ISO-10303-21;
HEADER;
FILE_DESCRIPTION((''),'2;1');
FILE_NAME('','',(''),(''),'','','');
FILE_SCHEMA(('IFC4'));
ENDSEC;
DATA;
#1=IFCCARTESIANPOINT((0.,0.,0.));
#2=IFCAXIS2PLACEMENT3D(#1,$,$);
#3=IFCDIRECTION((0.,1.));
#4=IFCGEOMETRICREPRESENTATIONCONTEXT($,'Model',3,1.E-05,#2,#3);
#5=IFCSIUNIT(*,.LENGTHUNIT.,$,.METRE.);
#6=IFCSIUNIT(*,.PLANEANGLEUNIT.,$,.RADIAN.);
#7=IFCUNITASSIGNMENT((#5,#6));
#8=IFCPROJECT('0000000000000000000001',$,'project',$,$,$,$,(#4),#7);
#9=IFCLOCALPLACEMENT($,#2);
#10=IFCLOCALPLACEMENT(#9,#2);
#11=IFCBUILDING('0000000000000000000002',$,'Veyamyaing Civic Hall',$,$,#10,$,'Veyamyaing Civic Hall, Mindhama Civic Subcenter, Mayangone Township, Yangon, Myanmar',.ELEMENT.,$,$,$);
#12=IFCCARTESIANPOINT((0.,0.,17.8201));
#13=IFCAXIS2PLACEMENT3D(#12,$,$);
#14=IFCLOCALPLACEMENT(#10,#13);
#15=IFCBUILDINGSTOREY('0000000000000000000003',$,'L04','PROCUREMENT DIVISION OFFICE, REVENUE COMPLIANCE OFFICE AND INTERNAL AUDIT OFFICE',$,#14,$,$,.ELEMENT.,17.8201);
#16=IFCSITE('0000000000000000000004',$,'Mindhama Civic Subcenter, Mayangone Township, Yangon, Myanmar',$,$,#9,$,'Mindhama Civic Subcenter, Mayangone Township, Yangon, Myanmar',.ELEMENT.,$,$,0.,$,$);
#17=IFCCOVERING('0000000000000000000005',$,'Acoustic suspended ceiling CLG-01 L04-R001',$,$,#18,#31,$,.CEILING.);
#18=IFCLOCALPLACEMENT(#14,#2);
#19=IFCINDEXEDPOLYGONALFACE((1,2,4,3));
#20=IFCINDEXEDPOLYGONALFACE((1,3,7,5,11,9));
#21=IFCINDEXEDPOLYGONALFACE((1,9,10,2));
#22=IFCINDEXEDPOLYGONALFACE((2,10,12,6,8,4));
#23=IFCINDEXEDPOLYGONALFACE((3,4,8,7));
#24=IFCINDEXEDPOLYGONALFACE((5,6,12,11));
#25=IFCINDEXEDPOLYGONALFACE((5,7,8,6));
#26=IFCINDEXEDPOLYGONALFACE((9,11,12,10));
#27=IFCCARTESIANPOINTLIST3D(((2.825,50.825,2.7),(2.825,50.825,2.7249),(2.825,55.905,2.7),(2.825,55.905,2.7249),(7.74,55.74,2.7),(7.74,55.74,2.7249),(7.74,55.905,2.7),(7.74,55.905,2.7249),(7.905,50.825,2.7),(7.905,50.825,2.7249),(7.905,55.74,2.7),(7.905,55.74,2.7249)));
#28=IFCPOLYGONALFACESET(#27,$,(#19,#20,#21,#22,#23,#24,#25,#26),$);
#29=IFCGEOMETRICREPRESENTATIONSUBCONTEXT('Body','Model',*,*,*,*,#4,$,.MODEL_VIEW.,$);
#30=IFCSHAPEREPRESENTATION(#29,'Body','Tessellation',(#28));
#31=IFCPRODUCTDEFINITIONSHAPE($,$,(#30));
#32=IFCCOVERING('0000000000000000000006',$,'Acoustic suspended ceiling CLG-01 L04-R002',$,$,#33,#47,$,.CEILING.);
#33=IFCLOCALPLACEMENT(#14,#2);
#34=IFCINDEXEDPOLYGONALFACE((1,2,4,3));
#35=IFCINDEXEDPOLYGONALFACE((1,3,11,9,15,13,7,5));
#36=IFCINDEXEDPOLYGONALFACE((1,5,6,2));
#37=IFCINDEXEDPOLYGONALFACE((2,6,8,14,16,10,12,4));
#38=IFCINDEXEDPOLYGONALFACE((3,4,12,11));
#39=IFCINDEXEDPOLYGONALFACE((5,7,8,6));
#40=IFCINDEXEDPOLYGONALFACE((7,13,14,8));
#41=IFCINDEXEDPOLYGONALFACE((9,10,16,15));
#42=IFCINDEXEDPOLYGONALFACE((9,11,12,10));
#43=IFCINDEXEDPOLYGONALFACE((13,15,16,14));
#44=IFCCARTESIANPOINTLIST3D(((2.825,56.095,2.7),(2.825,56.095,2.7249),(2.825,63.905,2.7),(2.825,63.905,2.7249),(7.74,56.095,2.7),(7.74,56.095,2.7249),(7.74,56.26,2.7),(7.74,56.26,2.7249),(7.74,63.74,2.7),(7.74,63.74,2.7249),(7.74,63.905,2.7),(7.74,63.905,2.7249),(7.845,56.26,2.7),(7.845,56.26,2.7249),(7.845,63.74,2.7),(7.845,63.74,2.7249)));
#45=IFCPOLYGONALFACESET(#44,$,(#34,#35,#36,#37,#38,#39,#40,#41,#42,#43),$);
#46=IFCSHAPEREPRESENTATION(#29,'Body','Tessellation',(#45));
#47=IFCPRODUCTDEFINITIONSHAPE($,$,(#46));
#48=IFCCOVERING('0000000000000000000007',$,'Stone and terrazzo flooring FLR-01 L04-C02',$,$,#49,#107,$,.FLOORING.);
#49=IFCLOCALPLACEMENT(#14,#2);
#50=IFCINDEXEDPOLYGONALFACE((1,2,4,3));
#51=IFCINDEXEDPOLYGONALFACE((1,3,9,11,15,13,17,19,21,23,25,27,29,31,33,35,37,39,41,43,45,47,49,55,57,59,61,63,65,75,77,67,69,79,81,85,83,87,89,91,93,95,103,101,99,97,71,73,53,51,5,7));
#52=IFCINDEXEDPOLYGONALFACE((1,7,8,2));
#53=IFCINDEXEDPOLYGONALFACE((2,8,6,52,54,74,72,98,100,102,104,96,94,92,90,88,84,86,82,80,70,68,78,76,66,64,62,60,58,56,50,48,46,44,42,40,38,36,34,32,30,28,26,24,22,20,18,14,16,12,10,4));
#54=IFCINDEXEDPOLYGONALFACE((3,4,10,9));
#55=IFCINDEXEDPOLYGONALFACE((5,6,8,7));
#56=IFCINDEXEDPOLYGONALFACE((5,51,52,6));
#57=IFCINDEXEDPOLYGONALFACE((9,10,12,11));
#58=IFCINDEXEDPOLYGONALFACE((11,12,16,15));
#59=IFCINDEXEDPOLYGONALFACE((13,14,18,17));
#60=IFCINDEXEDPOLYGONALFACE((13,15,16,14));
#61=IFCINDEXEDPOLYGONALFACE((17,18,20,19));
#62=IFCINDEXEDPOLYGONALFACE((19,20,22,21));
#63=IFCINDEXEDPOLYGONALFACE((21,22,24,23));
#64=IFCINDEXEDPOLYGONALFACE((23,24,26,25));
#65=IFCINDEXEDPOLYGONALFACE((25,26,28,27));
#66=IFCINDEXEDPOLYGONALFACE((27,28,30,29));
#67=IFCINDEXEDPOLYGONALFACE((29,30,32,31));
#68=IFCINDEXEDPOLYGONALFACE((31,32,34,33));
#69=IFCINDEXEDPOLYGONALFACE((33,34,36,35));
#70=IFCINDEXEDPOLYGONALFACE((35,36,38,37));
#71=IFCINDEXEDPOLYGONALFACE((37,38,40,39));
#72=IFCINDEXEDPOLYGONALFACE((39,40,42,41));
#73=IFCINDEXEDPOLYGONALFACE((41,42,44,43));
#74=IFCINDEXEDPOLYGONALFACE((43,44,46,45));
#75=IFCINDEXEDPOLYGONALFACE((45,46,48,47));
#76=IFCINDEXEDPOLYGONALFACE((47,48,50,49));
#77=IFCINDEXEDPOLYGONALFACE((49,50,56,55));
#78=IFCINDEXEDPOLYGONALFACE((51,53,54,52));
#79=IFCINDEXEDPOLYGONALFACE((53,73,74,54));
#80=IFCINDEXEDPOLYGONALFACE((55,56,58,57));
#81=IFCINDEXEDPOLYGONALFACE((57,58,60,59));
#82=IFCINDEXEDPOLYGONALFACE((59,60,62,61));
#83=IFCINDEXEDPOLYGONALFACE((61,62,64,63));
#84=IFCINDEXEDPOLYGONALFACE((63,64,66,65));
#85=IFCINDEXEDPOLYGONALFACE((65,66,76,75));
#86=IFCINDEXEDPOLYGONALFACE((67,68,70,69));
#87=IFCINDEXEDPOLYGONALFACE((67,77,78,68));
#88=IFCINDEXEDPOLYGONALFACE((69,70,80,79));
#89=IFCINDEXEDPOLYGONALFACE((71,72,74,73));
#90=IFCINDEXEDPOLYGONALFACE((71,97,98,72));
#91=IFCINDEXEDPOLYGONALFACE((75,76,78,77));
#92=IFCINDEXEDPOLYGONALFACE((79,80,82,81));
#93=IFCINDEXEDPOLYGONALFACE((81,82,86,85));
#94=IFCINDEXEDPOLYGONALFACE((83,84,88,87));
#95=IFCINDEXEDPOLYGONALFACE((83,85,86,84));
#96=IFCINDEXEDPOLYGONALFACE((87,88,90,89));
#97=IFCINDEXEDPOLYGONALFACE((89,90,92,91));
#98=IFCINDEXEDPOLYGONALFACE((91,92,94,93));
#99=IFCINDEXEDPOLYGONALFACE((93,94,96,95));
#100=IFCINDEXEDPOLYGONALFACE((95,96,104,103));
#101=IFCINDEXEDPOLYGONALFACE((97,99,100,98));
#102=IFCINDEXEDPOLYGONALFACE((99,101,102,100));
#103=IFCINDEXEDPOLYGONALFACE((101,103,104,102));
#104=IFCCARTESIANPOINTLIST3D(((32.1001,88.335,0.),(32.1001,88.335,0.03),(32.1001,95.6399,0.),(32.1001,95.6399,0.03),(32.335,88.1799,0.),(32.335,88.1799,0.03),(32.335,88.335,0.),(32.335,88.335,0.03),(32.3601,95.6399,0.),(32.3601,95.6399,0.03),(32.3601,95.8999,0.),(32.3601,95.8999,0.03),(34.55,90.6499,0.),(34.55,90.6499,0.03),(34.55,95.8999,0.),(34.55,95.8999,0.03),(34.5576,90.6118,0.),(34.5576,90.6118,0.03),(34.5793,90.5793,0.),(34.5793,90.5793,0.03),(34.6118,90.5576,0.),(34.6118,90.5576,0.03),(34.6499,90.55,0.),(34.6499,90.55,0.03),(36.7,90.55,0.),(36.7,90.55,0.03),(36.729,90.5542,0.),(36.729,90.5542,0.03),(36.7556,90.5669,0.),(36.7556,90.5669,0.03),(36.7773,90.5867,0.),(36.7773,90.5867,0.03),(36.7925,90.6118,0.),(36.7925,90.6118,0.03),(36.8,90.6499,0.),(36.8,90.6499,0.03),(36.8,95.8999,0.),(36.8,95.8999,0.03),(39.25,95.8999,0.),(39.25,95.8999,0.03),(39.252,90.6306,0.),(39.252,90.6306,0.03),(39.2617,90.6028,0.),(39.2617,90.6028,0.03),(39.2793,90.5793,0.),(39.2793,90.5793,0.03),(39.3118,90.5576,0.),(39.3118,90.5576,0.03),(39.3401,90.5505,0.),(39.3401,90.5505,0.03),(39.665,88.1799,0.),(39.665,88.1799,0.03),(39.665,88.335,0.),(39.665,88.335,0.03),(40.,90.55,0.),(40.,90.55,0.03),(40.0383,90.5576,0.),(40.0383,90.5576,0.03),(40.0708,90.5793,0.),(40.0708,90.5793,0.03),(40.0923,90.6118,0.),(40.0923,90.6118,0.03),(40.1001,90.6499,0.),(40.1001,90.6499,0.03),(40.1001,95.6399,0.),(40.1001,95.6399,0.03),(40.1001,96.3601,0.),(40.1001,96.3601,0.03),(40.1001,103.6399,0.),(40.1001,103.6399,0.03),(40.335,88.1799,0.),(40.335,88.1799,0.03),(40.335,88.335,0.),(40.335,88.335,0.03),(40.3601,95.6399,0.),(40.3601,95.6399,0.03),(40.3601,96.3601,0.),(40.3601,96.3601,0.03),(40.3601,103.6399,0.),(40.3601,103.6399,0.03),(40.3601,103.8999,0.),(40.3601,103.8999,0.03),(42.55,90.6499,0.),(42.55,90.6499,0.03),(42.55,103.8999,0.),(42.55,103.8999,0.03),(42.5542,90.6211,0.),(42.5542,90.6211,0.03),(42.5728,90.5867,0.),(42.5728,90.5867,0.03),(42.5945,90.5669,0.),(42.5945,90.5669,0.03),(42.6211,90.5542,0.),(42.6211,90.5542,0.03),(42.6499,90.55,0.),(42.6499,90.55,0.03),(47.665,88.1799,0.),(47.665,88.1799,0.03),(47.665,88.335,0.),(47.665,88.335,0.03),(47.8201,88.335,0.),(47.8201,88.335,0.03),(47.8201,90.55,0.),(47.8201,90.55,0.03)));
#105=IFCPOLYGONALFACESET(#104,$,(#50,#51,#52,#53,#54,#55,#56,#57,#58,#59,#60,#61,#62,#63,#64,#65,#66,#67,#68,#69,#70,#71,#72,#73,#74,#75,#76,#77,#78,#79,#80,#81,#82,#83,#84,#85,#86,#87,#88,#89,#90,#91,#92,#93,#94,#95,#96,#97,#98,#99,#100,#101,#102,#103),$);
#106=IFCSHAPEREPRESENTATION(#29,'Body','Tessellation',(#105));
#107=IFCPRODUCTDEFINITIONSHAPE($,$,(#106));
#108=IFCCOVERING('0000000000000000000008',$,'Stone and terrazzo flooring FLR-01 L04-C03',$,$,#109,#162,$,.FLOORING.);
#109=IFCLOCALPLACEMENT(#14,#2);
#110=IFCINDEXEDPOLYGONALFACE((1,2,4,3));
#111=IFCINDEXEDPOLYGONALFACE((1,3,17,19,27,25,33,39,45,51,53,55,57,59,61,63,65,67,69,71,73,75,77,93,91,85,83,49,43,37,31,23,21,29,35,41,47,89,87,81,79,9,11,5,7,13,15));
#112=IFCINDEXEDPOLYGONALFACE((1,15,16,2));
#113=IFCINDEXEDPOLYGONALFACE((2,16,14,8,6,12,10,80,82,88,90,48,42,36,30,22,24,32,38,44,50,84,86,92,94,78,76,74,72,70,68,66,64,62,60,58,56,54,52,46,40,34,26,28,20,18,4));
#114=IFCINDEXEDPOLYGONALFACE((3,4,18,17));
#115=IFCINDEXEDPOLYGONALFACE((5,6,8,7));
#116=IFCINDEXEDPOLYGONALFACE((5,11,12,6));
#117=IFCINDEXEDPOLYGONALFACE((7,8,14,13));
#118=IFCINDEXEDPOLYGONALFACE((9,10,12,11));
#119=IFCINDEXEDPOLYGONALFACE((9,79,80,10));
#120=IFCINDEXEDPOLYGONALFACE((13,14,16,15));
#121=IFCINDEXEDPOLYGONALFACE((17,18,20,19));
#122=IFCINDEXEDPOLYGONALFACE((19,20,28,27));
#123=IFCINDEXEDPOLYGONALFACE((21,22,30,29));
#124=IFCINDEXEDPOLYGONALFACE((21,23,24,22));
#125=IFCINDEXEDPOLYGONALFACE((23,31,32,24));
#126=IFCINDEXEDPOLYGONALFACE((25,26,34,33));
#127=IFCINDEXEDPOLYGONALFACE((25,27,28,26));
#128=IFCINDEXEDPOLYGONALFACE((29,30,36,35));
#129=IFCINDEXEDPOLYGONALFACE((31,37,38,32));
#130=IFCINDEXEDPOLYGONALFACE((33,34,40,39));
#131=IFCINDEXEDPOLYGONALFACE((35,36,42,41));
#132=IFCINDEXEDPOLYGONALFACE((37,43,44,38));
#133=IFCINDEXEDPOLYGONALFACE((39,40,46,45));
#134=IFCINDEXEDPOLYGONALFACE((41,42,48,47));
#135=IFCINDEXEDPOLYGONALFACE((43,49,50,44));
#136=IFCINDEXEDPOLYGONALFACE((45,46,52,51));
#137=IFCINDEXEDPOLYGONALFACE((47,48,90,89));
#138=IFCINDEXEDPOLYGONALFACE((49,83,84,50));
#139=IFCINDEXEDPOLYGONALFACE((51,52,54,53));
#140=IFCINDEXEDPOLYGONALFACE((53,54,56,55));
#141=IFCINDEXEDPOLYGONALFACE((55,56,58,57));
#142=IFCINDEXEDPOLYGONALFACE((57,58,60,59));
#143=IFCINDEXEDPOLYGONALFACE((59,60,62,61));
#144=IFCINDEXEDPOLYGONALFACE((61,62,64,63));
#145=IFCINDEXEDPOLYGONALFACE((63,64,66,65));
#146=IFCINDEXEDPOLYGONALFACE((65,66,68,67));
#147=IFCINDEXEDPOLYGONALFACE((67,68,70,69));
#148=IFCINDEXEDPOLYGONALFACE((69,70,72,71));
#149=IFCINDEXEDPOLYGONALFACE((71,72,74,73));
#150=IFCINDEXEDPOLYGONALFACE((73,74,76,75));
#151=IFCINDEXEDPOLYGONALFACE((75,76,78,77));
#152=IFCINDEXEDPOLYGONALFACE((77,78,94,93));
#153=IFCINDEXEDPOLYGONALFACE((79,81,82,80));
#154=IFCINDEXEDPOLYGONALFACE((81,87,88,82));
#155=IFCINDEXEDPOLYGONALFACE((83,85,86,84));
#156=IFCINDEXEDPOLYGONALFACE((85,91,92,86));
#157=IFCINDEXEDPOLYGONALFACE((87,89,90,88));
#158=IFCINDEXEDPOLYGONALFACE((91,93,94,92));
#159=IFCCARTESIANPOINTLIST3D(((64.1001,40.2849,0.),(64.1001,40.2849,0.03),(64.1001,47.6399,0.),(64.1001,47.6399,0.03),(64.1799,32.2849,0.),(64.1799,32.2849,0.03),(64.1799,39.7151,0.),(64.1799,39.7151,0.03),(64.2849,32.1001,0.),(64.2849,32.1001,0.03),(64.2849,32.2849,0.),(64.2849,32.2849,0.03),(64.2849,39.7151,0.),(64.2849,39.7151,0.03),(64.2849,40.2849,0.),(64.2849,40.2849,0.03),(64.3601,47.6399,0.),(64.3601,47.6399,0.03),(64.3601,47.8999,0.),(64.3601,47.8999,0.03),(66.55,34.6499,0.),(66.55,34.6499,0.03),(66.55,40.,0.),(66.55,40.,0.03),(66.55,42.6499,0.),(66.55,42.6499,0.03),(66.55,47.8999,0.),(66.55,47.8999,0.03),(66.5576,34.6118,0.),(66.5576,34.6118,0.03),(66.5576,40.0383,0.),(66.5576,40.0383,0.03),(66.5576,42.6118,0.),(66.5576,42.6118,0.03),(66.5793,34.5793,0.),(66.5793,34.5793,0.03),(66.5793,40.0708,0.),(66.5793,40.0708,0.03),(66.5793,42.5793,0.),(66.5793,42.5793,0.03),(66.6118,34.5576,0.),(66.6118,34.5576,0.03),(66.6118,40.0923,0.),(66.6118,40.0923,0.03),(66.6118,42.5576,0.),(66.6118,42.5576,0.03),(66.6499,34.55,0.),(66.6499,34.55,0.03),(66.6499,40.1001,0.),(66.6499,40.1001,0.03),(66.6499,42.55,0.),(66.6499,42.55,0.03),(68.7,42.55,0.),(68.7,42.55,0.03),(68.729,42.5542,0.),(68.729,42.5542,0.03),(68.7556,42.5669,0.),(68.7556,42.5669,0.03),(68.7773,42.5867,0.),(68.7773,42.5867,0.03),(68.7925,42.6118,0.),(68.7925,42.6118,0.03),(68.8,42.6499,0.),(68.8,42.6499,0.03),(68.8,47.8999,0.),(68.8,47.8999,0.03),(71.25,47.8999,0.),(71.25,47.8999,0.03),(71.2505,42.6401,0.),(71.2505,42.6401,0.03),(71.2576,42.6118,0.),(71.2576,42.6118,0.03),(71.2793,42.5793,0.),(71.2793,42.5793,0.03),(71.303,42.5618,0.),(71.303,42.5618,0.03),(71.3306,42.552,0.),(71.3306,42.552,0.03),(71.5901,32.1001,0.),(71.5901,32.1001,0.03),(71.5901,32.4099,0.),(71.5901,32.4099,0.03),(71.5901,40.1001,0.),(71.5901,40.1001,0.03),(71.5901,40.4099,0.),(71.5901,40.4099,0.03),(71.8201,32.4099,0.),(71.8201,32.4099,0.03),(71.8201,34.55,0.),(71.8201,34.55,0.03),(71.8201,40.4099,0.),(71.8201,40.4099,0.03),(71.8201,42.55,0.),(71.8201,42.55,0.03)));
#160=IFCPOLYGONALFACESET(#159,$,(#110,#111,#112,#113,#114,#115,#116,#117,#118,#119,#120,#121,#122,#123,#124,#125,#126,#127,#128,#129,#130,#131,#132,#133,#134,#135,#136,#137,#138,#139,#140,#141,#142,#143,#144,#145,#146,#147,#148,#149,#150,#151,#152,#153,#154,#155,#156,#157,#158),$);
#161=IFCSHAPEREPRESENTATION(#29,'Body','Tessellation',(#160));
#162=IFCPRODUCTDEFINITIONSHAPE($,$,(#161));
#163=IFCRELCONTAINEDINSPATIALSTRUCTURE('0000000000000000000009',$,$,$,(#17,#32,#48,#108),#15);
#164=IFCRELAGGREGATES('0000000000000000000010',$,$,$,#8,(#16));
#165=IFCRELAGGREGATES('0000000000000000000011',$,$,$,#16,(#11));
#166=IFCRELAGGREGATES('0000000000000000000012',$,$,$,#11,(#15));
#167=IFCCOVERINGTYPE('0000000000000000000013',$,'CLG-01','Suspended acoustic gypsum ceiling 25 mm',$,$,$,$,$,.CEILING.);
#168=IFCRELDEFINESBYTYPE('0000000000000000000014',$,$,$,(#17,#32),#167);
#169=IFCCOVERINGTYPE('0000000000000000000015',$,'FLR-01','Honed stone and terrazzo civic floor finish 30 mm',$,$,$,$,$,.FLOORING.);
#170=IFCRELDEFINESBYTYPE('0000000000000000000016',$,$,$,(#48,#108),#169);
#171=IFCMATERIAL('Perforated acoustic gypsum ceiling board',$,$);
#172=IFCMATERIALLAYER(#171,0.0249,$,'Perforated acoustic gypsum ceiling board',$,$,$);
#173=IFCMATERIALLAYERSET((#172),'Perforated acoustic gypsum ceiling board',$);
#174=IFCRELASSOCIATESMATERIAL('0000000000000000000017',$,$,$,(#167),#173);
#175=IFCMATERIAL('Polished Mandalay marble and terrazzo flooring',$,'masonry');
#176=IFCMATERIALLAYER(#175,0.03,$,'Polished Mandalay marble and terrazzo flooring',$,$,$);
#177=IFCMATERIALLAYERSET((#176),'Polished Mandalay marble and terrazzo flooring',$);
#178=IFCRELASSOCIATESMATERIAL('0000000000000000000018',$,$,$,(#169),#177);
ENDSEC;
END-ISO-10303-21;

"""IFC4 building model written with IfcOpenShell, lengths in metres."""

from ifc_helpers import new_model, si_unit, direction, frame, origin, place, context, subcontext, project, spatial, polyline, outline, extrude, material, layer, layer_set, type_object, element, save


model = new_model("IFC4")

# Units and contexts
model_context = context("Model", 3, precision=1e-05, world=origin(), true_north=direction((0.0, 1.0)))
body_context = subcontext(model_context, "Body", "Model", "MODEL_VIEW")
ifc_project = project(units=[si_unit("LENGTHUNIT", "METRE"), si_unit("PLANEANGLEUNIT", "RADIAN")], contexts=[model_context])

# Site, building, storey
site_placement = place(None, origin())
site = spatial("IfcSite", under=ifc_project, at=site_placement, Name="Mindhama Civic Subcenter, Mayangone Township, Yangon, Myanmar", LongName="Mindhama Civic Subcenter, Mayangone Township, Yangon, Myanmar", CompositionType="ELEMENT", RefElevation=0.0)
building_placement = place(site_placement, origin())
building = spatial("IfcBuilding", under=site, at=building_placement, Name="Veyamyaing Civic Hall", LongName="Veyamyaing Civic Hall, Mindhama Civic Subcenter, Mayangone Township, Yangon, Myanmar", CompositionType="ELEMENT")
storey_placement = place(building_placement, frame((0.0, 0.0, 17.8201)))
storey = spatial("IfcBuildingStorey", under=building, at=storey_placement, Name="L04", Description="PROCUREMENT DIVISION OFFICE, REVENUE COMPLIANCE OFFICE AND INTERNAL AUDIT OFFICE", CompositionType="ELEMENT", Elevation=17.8201)

# Coverings
ifc_material_1 = material(Name="Perforated acoustic gypsum ceiling board")
ifc_layer_1 = layer(ifc_material_1, 0.0249, Name="Perforated acoustic gypsum ceiling board")
ifc_layer_set_1 = layer_set([ifc_layer_1], Name="Perforated acoustic gypsum ceiling board")
covering_type_1 = type_object("IfcCoveringType", Name="CLG-01", Description="Suspended acoustic gypsum ceiling 25 mm", PredefinedType="CEILING", material=ifc_layer_set_1)
covering_1_placement = place(storey_placement, frame((0.0, 0.0, 2.7)))
element("IfcCovering", 1, at=covering_1_placement, inside=storey, type_object=covering_type_1, Name="Acoustic suspended ceiling CLG-01 L04-R001", PredefinedType="CEILING", context=body_context, shape_type="SweptSolid", body=[
    extrude(outline(polyline([(2.825, 50.825), (2.825, 55.905), (7.74, 55.905), (7.74, 55.74), (7.905, 55.74), (7.905, 50.825), (2.825, 50.825)])), origin(), (0.0, 0.0, 1.0), 0.0249),
])
covering_2_placement = place(storey_placement, frame((0.0, 0.0, 2.7)))
element("IfcCovering", 2, at=covering_2_placement, inside=storey, type_object=covering_type_1, Name="Acoustic suspended ceiling CLG-01 L04-R002", PredefinedType="CEILING", context=body_context, shape_type="SweptSolid", body=[
    extrude(outline(polyline([(2.825, 63.905), (7.74, 63.905), (7.74, 63.74), (7.845, 63.74), (7.845, 56.26), (7.74, 56.26), (7.74, 56.095), (2.825, 56.095), (2.825, 63.905)])), origin(), (0.0, 0.0, 1.0), 0.0249),
])
ifc_material_2 = material(Name="Polished Mandalay marble and terrazzo flooring", Category="masonry")
ifc_layer_2 = layer(ifc_material_2, 0.03, Name="Polished Mandalay marble and terrazzo flooring")
ifc_layer_set_2 = layer_set([ifc_layer_2], Name="Polished Mandalay marble and terrazzo flooring")
covering_type_2 = type_object("IfcCoveringType", Name="FLR-01", Description="Honed stone and terrazzo civic floor finish 30 mm", PredefinedType="FLOORING", material=ifc_layer_set_2)
covering_3_placement = place(storey_placement, origin())
element("IfcCovering", 3, at=covering_3_placement, inside=storey, type_object=covering_type_2, Name="Stone and terrazzo flooring FLR-01 L04-C02", PredefinedType="FLOORING", context=body_context, shape_type="SweptSolid", body=[
    extrude(outline(polyline([(34.55, 95.8999), (34.55, 90.6499), (34.5576, 90.6118), (34.5793, 90.5793), (34.6118, 90.5576), (34.6499, 90.55), (36.7, 90.55), (36.729, 90.5542), (36.7556, 90.5669), (36.7773, 90.5867), (36.7925, 90.6118), (36.8, 90.6499), (36.8, 95.8999), (39.25, 95.8999), (39.252, 90.6306), (39.2617, 90.6028), (39.2793, 90.5793), (39.3118, 90.5576), (39.3401, 90.5505), (40.0, 90.55), (40.0383, 90.5576), (40.0708, 90.5793), (40.0923, 90.6118), (40.1001, 90.6499), (40.1001, 95.6399), (40.3601, 95.6399), (40.3601, 96.3601), (40.1001, 96.3601), (40.1001, 103.6399), (40.3601, 103.6399), (40.3601, 103.8999), (42.55, 103.8999), (42.55, 90.6499), (42.5542, 90.6211), (42.5728, 90.5867), (42.5945, 90.5669), (42.6211, 90.5542), (42.6499, 90.55), (47.8201, 90.55), (47.8201, 88.335), (47.665, 88.335), (47.665, 88.1799), (40.335, 88.1799), (40.335, 88.335), (39.665, 88.335), (39.665, 88.1799), (32.335, 88.1799), (32.335, 88.335), (32.1001, 88.335), (32.1001, 95.6399), (32.3601, 95.6399), (32.3601, 95.8999), (34.55, 95.8999)])), origin(), (0.0, 0.0, 1.0), 0.03),
])
covering_4_placement = place(storey_placement, origin())
element("IfcCovering", 4, at=covering_4_placement, inside=storey, type_object=covering_type_2, Name="Stone and terrazzo flooring FLR-01 L04-C03", PredefinedType="FLOORING", context=body_context, shape_type="SweptSolid", body=[
    extrude(outline(polyline([(66.55, 42.6499), (66.5576, 42.6118), (66.5793, 42.5793), (66.6118, 42.5576), (66.6499, 42.55), (68.7, 42.55), (68.729, 42.5542), (68.7556, 42.5669), (68.7773, 42.5867), (68.7925, 42.6118), (68.8, 42.6499), (68.8, 47.8999), (71.25, 47.8999), (71.2505, 42.6401), (71.2576, 42.6118), (71.2793, 42.5793), (71.303, 42.5618), (71.3306, 42.552), (71.8201, 42.55), (71.8201, 40.4099), (71.5901, 40.4099), (71.5901, 40.1001), (66.6499, 40.1001), (66.6118, 40.0923), (66.5793, 40.0708), (66.5576, 40.0383), (66.55, 40.0), (66.55, 34.6499), (66.5576, 34.6118), (66.5793, 34.5793), (66.6118, 34.5576), (66.6499, 34.55), (71.8201, 34.55), (71.8201, 32.4099), (71.5901, 32.4099), (71.5901, 32.1001), (64.2849, 32.1001), (64.2849, 32.2849), (64.1799, 32.2849), (64.1799, 39.7151), (64.2849, 39.7151), (64.2849, 40.2849), (64.1001, 40.2849), (64.1001, 47.6399), (64.3601, 47.6399), (64.3601, 47.8999), (66.55, 47.8999), (66.55, 42.6499)])), origin(), (0.0, 0.0, 1.0), 0.03),
])

save(model, "model.ifc")
